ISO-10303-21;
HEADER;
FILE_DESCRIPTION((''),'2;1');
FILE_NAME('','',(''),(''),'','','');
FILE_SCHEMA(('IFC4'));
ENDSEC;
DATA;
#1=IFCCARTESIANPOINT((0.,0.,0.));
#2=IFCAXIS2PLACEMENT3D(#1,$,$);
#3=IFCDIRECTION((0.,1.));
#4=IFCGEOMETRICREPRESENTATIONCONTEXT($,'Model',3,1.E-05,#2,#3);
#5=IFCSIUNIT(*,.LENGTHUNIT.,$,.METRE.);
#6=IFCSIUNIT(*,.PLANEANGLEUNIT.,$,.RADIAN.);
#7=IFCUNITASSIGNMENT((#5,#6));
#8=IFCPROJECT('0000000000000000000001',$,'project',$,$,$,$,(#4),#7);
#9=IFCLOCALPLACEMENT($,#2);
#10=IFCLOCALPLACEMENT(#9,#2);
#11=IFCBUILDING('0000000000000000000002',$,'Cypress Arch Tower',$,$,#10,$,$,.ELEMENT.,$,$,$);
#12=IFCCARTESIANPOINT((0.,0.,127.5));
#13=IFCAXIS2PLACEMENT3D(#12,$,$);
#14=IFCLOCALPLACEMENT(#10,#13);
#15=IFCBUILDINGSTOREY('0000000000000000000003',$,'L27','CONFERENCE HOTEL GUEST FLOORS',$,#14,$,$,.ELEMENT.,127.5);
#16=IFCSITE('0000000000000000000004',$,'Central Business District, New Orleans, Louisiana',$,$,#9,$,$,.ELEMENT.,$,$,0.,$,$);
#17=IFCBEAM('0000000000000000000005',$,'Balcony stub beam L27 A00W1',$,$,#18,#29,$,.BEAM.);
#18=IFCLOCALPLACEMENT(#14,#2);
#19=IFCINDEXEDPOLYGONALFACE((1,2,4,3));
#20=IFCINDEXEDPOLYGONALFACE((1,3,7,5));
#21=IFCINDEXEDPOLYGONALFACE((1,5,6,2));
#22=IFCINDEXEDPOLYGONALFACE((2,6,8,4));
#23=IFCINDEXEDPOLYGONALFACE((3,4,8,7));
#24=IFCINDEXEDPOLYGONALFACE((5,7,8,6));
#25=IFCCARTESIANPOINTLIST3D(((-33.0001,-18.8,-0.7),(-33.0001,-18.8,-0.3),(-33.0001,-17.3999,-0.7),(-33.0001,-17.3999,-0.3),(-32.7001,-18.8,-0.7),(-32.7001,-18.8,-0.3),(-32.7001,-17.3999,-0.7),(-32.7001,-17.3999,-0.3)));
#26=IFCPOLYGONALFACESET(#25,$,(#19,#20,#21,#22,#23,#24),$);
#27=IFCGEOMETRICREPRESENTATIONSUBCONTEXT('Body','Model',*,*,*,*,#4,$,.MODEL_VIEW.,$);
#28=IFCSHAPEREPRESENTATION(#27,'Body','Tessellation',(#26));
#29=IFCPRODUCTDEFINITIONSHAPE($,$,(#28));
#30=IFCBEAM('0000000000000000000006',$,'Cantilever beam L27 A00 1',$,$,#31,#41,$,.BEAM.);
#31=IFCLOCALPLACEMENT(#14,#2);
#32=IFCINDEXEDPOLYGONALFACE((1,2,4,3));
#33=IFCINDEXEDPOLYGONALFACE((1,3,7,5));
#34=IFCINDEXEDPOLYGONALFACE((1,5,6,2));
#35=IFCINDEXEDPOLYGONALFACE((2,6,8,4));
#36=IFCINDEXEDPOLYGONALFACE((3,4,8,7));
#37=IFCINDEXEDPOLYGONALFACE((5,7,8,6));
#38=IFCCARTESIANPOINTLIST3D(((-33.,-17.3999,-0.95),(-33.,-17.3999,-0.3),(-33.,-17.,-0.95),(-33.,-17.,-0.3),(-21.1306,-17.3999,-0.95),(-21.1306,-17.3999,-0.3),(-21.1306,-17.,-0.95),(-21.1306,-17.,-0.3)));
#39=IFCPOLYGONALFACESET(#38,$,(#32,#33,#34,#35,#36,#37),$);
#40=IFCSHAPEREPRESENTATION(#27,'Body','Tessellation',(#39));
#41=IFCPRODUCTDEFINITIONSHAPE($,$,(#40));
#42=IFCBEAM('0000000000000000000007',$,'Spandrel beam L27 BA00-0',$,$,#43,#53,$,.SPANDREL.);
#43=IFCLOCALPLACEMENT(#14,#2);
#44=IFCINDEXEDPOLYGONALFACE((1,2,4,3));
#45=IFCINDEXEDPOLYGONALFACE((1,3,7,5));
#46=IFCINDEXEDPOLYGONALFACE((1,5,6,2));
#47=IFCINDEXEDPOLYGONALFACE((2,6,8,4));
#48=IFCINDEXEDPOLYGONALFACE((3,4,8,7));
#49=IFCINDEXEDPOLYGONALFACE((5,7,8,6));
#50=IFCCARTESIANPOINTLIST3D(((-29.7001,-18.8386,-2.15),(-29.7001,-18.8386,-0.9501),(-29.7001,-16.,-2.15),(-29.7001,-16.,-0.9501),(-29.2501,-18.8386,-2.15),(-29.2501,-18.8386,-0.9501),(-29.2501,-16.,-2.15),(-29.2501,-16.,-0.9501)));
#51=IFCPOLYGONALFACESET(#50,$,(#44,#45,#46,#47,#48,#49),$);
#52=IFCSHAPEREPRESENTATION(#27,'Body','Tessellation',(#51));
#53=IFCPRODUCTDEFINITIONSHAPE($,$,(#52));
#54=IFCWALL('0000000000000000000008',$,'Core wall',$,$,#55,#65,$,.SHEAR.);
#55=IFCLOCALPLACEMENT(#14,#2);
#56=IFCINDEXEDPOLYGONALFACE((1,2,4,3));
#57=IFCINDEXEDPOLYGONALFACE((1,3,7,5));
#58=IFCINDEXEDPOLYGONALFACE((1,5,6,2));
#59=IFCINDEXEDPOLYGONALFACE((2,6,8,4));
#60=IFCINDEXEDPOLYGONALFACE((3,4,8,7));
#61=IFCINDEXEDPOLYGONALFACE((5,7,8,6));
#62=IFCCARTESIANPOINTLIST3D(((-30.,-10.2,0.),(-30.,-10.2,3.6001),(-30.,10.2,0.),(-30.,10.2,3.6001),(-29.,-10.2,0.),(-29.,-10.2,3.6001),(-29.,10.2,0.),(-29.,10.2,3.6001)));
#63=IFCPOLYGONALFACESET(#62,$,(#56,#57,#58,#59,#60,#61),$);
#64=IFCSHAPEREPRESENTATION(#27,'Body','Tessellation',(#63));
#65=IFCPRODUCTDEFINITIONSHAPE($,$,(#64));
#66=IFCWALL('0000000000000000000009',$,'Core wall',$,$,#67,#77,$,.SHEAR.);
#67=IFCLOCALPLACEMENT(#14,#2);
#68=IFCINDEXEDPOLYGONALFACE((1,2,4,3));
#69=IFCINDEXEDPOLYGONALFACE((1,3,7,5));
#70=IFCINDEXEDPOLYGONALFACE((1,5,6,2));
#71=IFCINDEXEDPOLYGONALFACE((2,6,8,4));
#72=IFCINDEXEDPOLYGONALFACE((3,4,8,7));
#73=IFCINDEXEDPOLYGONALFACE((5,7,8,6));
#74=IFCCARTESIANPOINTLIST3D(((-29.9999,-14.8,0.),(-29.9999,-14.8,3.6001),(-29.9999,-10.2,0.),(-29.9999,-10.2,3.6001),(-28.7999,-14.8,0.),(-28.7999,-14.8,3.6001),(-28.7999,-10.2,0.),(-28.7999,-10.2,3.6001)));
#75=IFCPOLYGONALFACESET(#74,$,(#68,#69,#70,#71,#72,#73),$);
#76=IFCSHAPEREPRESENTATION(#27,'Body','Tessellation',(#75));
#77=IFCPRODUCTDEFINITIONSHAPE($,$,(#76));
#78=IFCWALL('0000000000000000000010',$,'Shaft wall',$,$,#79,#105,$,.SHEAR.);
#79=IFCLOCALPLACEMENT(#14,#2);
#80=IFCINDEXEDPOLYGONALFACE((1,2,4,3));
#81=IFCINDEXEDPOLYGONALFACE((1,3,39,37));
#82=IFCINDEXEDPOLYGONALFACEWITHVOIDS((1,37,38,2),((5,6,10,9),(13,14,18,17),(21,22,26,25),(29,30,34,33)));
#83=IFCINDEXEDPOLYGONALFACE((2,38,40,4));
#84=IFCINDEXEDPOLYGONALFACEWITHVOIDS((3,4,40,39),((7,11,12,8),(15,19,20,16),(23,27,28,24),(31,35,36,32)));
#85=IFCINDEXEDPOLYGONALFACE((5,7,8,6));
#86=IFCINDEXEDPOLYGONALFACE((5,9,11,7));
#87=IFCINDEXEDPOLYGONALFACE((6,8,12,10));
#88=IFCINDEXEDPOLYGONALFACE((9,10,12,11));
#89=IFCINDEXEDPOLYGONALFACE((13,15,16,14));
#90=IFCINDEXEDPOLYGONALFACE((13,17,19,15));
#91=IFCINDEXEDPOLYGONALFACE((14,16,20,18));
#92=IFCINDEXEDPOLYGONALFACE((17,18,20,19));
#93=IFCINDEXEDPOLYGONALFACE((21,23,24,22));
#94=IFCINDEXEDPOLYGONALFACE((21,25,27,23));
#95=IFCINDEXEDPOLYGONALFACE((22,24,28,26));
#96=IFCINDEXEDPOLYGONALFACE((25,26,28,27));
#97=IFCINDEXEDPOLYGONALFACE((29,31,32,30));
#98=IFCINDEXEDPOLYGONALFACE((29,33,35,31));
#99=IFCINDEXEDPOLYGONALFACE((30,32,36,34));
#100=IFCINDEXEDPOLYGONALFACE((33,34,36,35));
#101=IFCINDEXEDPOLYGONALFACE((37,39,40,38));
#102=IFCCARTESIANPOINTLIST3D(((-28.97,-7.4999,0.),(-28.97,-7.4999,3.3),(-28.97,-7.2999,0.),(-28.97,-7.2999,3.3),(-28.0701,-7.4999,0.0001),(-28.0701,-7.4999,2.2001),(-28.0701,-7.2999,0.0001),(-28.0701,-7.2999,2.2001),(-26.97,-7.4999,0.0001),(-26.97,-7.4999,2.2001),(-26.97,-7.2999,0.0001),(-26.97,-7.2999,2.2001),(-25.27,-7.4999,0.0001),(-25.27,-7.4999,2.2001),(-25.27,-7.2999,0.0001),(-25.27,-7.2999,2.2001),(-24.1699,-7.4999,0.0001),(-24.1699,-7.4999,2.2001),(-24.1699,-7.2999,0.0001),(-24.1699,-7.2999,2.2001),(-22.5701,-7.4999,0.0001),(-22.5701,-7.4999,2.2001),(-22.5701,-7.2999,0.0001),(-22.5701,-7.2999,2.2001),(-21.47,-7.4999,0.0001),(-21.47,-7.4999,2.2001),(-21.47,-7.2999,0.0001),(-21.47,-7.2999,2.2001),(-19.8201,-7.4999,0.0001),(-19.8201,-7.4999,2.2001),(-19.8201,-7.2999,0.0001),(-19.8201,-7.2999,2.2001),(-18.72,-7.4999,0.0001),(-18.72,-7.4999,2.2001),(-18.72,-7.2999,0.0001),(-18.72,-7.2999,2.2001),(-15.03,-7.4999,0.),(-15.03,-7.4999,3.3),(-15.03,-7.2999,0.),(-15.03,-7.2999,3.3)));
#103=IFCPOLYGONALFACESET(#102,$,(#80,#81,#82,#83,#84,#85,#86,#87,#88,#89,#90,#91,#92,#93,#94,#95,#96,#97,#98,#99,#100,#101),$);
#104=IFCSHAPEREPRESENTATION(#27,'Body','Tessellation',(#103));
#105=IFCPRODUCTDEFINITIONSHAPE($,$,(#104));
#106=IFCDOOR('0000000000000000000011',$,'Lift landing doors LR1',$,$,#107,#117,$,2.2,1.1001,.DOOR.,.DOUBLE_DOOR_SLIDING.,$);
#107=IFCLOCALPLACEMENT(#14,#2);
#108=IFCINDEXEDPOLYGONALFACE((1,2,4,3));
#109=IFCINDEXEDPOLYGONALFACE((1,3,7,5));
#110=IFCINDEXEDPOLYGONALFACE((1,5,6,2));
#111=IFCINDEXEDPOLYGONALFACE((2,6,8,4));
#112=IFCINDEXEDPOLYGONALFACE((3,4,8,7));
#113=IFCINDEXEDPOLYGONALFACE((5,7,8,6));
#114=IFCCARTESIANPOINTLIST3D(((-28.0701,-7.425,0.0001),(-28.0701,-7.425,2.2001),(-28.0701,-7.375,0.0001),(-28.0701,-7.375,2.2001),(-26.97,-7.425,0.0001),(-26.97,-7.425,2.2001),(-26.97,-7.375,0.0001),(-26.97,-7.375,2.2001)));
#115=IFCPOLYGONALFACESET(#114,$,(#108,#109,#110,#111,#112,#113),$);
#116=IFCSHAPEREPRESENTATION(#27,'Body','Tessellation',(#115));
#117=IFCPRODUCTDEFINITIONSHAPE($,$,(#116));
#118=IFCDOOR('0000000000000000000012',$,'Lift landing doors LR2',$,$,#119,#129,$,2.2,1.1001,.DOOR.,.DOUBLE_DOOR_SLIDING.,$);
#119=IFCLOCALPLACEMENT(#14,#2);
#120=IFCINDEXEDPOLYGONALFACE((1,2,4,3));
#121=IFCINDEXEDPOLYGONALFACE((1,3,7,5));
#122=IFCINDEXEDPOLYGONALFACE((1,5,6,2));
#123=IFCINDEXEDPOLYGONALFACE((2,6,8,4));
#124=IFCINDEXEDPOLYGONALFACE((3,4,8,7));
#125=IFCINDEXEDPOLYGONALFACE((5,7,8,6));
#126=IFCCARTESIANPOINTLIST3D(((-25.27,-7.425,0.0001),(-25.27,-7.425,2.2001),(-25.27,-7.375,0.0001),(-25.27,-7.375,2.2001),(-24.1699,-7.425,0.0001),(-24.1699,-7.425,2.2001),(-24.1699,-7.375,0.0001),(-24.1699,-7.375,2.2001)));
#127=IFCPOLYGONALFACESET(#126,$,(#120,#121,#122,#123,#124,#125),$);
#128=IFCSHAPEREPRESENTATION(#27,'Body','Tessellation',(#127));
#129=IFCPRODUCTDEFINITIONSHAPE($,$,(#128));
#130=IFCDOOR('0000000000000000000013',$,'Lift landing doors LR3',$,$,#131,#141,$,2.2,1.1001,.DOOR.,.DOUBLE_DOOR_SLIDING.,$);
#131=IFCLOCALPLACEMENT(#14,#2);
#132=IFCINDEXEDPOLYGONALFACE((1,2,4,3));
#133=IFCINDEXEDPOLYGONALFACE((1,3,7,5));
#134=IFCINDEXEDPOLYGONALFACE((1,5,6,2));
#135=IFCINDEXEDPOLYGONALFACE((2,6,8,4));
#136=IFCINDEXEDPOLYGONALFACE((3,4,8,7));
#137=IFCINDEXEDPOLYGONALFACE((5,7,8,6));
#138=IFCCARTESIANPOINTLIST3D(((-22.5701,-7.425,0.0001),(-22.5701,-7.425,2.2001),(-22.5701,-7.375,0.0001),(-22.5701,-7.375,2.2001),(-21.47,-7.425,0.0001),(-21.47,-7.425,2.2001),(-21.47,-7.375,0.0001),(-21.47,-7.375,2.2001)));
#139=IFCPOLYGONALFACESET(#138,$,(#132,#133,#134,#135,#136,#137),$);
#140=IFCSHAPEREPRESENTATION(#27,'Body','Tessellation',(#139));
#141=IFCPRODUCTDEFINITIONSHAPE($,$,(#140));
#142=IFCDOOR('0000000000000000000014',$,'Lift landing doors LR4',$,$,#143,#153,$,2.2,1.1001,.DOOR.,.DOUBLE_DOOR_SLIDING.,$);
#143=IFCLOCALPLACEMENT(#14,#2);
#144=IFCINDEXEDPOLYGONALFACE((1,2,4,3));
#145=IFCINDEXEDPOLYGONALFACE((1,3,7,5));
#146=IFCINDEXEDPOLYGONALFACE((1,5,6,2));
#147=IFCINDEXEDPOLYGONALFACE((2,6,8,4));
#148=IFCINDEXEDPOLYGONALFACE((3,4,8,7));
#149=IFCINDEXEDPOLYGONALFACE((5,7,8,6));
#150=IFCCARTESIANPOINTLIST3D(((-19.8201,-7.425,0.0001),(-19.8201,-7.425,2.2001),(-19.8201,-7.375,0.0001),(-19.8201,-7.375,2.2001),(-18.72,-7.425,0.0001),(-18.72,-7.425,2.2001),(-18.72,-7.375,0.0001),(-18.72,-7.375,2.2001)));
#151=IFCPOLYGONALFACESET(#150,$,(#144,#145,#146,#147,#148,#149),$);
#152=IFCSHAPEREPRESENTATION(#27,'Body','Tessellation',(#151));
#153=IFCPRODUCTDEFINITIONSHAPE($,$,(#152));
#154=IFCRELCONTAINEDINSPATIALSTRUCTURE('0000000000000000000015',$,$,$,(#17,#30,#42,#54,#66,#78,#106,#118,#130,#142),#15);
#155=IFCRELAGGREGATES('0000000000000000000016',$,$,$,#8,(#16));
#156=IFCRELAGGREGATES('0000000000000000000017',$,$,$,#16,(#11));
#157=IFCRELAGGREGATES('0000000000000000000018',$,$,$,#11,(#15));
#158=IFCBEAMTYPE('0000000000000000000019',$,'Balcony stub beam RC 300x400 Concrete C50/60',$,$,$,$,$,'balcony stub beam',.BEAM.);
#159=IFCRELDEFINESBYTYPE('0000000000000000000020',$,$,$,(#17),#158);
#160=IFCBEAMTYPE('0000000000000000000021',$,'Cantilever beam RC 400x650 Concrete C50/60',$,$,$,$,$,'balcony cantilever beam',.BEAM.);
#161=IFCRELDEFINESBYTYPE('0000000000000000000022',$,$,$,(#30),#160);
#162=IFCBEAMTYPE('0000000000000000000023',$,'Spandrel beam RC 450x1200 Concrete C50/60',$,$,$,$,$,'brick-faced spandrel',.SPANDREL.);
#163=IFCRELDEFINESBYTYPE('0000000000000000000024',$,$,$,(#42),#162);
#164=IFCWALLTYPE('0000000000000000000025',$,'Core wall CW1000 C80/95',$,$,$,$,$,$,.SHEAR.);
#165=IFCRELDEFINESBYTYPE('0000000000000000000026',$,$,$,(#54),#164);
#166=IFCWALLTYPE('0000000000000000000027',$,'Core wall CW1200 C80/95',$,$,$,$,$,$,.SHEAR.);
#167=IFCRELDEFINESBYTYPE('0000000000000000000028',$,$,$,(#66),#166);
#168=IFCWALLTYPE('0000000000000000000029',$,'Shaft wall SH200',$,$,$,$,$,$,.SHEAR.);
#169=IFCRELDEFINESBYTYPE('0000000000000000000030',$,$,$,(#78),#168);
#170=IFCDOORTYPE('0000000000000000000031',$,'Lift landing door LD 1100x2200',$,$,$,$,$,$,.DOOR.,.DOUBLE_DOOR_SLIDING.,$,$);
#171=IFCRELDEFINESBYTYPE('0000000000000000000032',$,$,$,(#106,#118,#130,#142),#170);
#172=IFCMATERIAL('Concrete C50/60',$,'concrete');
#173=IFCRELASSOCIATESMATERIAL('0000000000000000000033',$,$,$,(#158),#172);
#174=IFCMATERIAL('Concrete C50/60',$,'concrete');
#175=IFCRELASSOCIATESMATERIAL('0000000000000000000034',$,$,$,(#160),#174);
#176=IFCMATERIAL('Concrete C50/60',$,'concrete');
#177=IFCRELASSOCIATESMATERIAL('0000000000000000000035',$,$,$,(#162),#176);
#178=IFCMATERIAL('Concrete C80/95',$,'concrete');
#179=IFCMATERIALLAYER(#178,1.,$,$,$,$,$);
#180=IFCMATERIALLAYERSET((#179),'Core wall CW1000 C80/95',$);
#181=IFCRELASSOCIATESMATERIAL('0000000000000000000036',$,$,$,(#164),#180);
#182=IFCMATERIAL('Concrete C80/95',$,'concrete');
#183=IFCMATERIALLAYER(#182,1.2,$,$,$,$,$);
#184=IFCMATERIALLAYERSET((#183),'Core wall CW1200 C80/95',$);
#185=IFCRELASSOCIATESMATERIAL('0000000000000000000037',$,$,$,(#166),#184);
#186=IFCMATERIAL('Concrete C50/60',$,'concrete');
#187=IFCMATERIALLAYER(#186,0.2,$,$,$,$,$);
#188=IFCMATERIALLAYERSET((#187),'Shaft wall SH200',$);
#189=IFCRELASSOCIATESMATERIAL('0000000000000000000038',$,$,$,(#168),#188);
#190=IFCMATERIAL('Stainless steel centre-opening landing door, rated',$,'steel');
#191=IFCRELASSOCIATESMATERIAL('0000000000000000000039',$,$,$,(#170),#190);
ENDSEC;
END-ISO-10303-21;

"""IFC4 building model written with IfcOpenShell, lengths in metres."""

from ifc_helpers import new_model, si_unit, direction, frame, frame_2d, origin, origin_2d, place, context, subcontext, project, spatial, rectangle, extrude, material, layer, layer_set, material_profile, profile_set, type_object, element, fill, save


model = new_model("IFC4")

# Units and contexts
model_context = context("Model", 3, precision=1e-05, world=origin(), true_north=direction((0.0, 1.0)))
body_context = subcontext(model_context, "Body", "Model", "MODEL_VIEW")
ifc_project = project(units=[si_unit("LENGTHUNIT", "METRE"), si_unit("PLANEANGLEUNIT", "RADIAN")], contexts=[model_context])

# Site, building, storey
site_placement = place(None, origin())
site = spatial("IfcSite", under=ifc_project, at=site_placement, Name="Central Business District, New Orleans, Louisiana", CompositionType="ELEMENT", RefElevation=0.0)
building_placement = place(site_placement, origin())
building = spatial("IfcBuilding", under=site, at=building_placement, Name="Cypress Arch Tower", CompositionType="ELEMENT")
storey_placement = place(building_placement, frame((0.0, 0.0, 127.5)))
storey = spatial("IfcBuildingStorey", under=building, at=storey_placement, Name="L27", Description="CONFERENCE HOTEL GUEST FLOORS", CompositionType="ELEMENT", Elevation=127.5)

# Beams
ifc_material_1 = material(Name="Concrete C50/60", Category="concrete")
ifc_material_profile_1 = material_profile(ifc_material_1, rectangle(XDim=0.3, YDim=0.3999, at=origin_2d()), Name="RC 300x400")
ifc_profile_set_1 = profile_set([ifc_material_profile_1], Name="Concrete C50/60")
beam_type_1 = type_object("IfcBeamType", Name="Balcony stub beam RC 300x400 Concrete C50/60", ElementType="balcony stub beam", PredefinedType="BEAM", material=ifc_profile_set_1)
beam_1_placement = place(storey_placement, frame((-32.8501, -17.3999, -0.5), z_axis=(0.0, -1.0, 0.0), x_axis=(1.0, 0.0, 0.0)))
element("IfcBeam", 1, at=beam_1_placement, inside=storey, type_object=beam_type_1, Name="Balcony stub beam L27 A00W1", PredefinedType="BEAM", context=body_context, shape_type="SweptSolid", body=[
    extrude(rectangle(XDim=0.3, YDim=0.3999, at=origin_2d()), origin(), (0.0, 0.0, 1.0), 1.4001),
])
ifc_material_2 = material(Name="Concrete C50/60", Category="concrete")
ifc_material_profile_2 = material_profile(ifc_material_2, rectangle(XDim=0.3999, YDim=0.6499, at=origin_2d()), Name="RC 400x650")
ifc_profile_set_2 = profile_set([ifc_material_profile_2], Name="Concrete C50/60")
beam_type_2 = type_object("IfcBeamType", Name="Cantilever beam RC 400x650 Concrete C50/60", ElementType="balcony cantilever beam", PredefinedType="BEAM", material=ifc_profile_set_2)
beam_2_placement = place(storey_placement, frame((-21.1306, -17.2, -0.625), z_axis=(-1.0, 0.0, 0.0), x_axis=(0.0, -1.0, 0.0)))
element("IfcBeam", 2, at=beam_2_placement, inside=storey, type_object=beam_type_2, Name="Cantilever beam L27 A00 1", PredefinedType="BEAM", context=body_context, shape_type="SweptSolid", body=[
    extrude(rectangle(XDim=0.3999, YDim=0.6499, at=origin_2d()), origin(), (0.0, 0.0, 1.0), 11.8694),
])
ifc_material_3 = material(Name="Concrete C50/60", Category="concrete")
ifc_material_profile_3 = material_profile(ifc_material_3, rectangle(XDim=0.45, YDim=1.2, at=origin_2d()), Name="RC 450x1200")
ifc_profile_set_3 = profile_set([ifc_material_profile_3], Name="Concrete C50/60")
beam_type_3 = type_object("IfcBeamType", Name="Spandrel beam RC 450x1200 Concrete C50/60", ElementType="brick-faced spandrel", PredefinedType="SPANDREL", material=ifc_profile_set_3)
beam_3_placement = place(storey_placement, frame((-29.4751, -16.0, -1.55), z_axis=(0.0, -1.0, 0.0), x_axis=(1.0, 0.0, 0.0)))
element("IfcBeam", 3, at=beam_3_placement, inside=storey, type_object=beam_type_3, Name="Spandrel beam L27 BA00-0", PredefinedType="SPANDREL", context=body_context, shape_type="SweptSolid", body=[
    extrude(rectangle(XDim=0.45, YDim=1.2, at=origin_2d()), origin(), (0.0, 0.0, 1.0), 2.8386),
])

# Wall
ifc_material_4 = material(Name="Concrete C80/95", Category="concrete")
ifc_layer_1 = layer(ifc_material_4, 1.0)
ifc_layer_set_1 = layer_set([ifc_layer_1], Name="Core wall CW1000 C80/95")
wall_type_1 = type_object("IfcWallType", Name="Core wall CW1000 C80/95", PredefinedType="SHEAR", material=ifc_layer_set_1)
wall_1_placement = place(storey_placement, frame((-29.5, -10.2, 0.0), z_axis=(0.0, 0.0, 1.0), x_axis=(0.0, 1.0, 0.0)))
element("IfcWall", 4, at=wall_1_placement, inside=storey, type_object=wall_type_1, Name="Core wall", PredefinedType="SHEAR", context=body_context, shape_type="SweptSolid", body=[
    extrude(rectangle(XDim=20.3999, YDim=1.0, at=frame_2d((10.2, 0.0))), origin(), (0.0, 0.0, 1.0), 3.6001),
])

# Shared definitions
ifc_material_5 = material(Name="Concrete C80/95", Category="concrete")
ifc_layer_2 = layer(ifc_material_5, 1.2)
ifc_layer_set_2 = layer_set([ifc_layer_2], Name="Core wall CW1200 C80/95")
wall_type_2 = type_object("IfcWallType", Name="Core wall CW1200 C80/95", PredefinedType="SHEAR", material=ifc_layer_set_2)

# Wall
wall_2_placement = place(storey_placement, frame((-29.3999, -14.8, 0.0), z_axis=(0.0, 0.0, 1.0), x_axis=(0.0, 1.0, 0.0)))
element("IfcWall", 5, at=wall_2_placement, inside=storey, type_object=wall_type_2, Name="Core wall", PredefinedType="SHEAR", context=body_context, shape_type="SweptSolid", body=[
    extrude(rectangle(XDim=4.6001, YDim=1.2, at=frame_2d((2.3, 0.0))), origin(), (0.0, 0.0, 1.0), 3.6001),
])

# Wall, openings, doors
ifc_material_6 = material(Name="Concrete C50/60", Category="concrete")
ifc_layer_3 = layer(ifc_material_6, 0.2)
ifc_layer_set_3 = layer_set([ifc_layer_3], Name="Shaft wall SH200")
wall_type_3 = type_object("IfcWallType", Name="Shaft wall SH200", PredefinedType="SHEAR", material=ifc_layer_set_3)
wall_3_placement = place(storey_placement, frame((-28.97, -7.3999, 0.0), z_axis=(0.0, 0.0, 1.0), x_axis=(1.0, 0.0, 0.0)))
wall_3 = element("IfcWall", 6, at=wall_3_placement, inside=storey, type_object=wall_type_3, Name="Shaft wall", PredefinedType="SHEAR", context=body_context, shape_type="SweptSolid", body=[
    extrude(rectangle(XDim=13.9399, YDim=0.2, at=frame_2d((6.97, 0.0))), origin(), (0.0, 0.0, 1.0), 3.3),
])
opening_1_placement = place(wall_3_placement, frame((0.8999, 0.0, 0.0)))
opening_1 = element("IfcOpeningElement", 7, at=opening_1_placement, cuts=wall_3, PredefinedType="OPENING", context=body_context, shape_type="SweptSolid", body=[
    extrude(rectangle(XDim=1.1001, YDim=2.2, at=frame_2d((0.55, 1.1001))), frame((0.0, 0.1099, 0.0), z_axis=(0.0, -1.0, 0.0), x_axis=(1.0, 0.0, 0.0)), (0.0, 0.0, 1.0), 0.22),
])
opening_2_placement = place(wall_3_placement, frame((3.7, 0.0, 0.0)))
opening_2 = element("IfcOpeningElement", 8, at=opening_2_placement, cuts=wall_3, PredefinedType="OPENING", context=body_context, shape_type="SweptSolid", body=[
    extrude(rectangle(XDim=1.1001, YDim=2.2, at=frame_2d((0.55, 1.1001))), frame((0.0, 0.1099, 0.0), z_axis=(0.0, -1.0, 0.0), x_axis=(1.0, 0.0, 0.0)), (0.0, 0.0, 1.0), 0.22),
])
opening_3_placement = place(wall_3_placement, frame((6.3999, 0.0, 0.0)))
opening_3 = element("IfcOpeningElement", 9, at=opening_3_placement, cuts=wall_3, PredefinedType="OPENING", context=body_context, shape_type="SweptSolid", body=[
    extrude(rectangle(XDim=1.1001, YDim=2.2, at=frame_2d((0.55, 1.1001))), frame((0.0, 0.1099, 0.0), z_axis=(0.0, -1.0, 0.0), x_axis=(1.0, 0.0, 0.0)), (0.0, 0.0, 1.0), 0.22),
])
opening_4_placement = place(wall_3_placement, frame((9.1499, 0.0, 0.0)))
opening_4 = element("IfcOpeningElement", 10, at=opening_4_placement, cuts=wall_3, PredefinedType="OPENING", context=body_context, shape_type="SweptSolid", body=[
    extrude(rectangle(XDim=1.1001, YDim=2.2, at=frame_2d((0.55, 1.1001))), frame((0.0, 0.1099, 0.0), z_axis=(0.0, -1.0, 0.0), x_axis=(1.0, 0.0, 0.0)), (0.0, 0.0, 1.0), 0.22),
])
ifc_material_7 = material(Name="Stainless steel centre-opening landing door, rated", Category="steel")
door_type_1 = type_object("IfcDoorType", Name="Lift landing door LD 1100x2200", OperationType="DOUBLE_DOOR_SLIDING", PredefinedType="DOOR", material=ifc_material_7)
door_1_placement = place(opening_1_placement, origin())
door_1 = element("IfcDoor", 11, at=door_1_placement, inside=storey, type_object=door_type_1, Name="Lift landing doors LR1", OperationType="DOUBLE_DOOR_SLIDING", OverallHeight=2.2, OverallWidth=1.1001, PredefinedType="DOOR", context=body_context, shape_type="SweptSolid", body=[
    extrude(rectangle(XDim=1.1001, YDim=2.2, at=frame_2d((0.55, 1.1001))), frame((0.0, 0.0249, 0.0), z_axis=(0.0, -1.0, 0.0), x_axis=(1.0, 0.0, 0.0)), (0.0, 0.0, 1.0), 0.05),
])
fill(opening_1, door_1)
door_2_placement = place(opening_2_placement, origin())
door_2 = element("IfcDoor", 12, at=door_2_placement, inside=storey, type_object=door_type_1, Name="Lift landing doors LR2", OperationType="DOUBLE_DOOR_SLIDING", OverallHeight=2.2, OverallWidth=1.1001, PredefinedType="DOOR", context=body_context, shape_type="SweptSolid", body=[
    extrude(rectangle(XDim=1.1001, YDim=2.2, at=frame_2d((0.55, 1.1001))), frame((0.0, 0.0249, 0.0), z_axis=(0.0, -1.0, 0.0), x_axis=(1.0, 0.0, 0.0)), (0.0, 0.0, 1.0), 0.05),
])
fill(opening_2, door_2)
door_3_placement = place(opening_3_placement, origin())
door_3 = element("IfcDoor", 13, at=door_3_placement, inside=storey, type_object=door_type_1, Name="Lift landing doors LR3", OperationType="DOUBLE_DOOR_SLIDING", OverallHeight=2.2, OverallWidth=1.1001, PredefinedType="DOOR", context=body_context, shape_type="SweptSolid", body=[
    extrude(rectangle(XDim=1.1001, YDim=2.2, at=frame_2d((0.55, 1.1001))), frame((0.0, 0.0249, 0.0), z_axis=(0.0, -1.0, 0.0), x_axis=(1.0, 0.0, 0.0)), (0.0, 0.0, 1.0), 0.05),
])
fill(opening_3, door_3)
door_4_placement = place(opening_4_placement, origin())
door_4 = element("IfcDoor", 14, at=door_4_placement, inside=storey, type_object=door_type_1, Name="Lift landing doors LR4", OperationType="DOUBLE_DOOR_SLIDING", OverallHeight=2.2, OverallWidth=1.1001, PredefinedType="DOOR", context=body_context, shape_type="SweptSolid", body=[
    extrude(rectangle(XDim=1.1001, YDim=2.2, at=frame_2d((0.55, 1.1001))), frame((0.0, 0.0249, 0.0), z_axis=(0.0, -1.0, 0.0), x_axis=(1.0, 0.0, 0.0)), (0.0, 0.0, 1.0), 0.05),
])
fill(opening_4, door_4)

save(model, "model.ifc")
